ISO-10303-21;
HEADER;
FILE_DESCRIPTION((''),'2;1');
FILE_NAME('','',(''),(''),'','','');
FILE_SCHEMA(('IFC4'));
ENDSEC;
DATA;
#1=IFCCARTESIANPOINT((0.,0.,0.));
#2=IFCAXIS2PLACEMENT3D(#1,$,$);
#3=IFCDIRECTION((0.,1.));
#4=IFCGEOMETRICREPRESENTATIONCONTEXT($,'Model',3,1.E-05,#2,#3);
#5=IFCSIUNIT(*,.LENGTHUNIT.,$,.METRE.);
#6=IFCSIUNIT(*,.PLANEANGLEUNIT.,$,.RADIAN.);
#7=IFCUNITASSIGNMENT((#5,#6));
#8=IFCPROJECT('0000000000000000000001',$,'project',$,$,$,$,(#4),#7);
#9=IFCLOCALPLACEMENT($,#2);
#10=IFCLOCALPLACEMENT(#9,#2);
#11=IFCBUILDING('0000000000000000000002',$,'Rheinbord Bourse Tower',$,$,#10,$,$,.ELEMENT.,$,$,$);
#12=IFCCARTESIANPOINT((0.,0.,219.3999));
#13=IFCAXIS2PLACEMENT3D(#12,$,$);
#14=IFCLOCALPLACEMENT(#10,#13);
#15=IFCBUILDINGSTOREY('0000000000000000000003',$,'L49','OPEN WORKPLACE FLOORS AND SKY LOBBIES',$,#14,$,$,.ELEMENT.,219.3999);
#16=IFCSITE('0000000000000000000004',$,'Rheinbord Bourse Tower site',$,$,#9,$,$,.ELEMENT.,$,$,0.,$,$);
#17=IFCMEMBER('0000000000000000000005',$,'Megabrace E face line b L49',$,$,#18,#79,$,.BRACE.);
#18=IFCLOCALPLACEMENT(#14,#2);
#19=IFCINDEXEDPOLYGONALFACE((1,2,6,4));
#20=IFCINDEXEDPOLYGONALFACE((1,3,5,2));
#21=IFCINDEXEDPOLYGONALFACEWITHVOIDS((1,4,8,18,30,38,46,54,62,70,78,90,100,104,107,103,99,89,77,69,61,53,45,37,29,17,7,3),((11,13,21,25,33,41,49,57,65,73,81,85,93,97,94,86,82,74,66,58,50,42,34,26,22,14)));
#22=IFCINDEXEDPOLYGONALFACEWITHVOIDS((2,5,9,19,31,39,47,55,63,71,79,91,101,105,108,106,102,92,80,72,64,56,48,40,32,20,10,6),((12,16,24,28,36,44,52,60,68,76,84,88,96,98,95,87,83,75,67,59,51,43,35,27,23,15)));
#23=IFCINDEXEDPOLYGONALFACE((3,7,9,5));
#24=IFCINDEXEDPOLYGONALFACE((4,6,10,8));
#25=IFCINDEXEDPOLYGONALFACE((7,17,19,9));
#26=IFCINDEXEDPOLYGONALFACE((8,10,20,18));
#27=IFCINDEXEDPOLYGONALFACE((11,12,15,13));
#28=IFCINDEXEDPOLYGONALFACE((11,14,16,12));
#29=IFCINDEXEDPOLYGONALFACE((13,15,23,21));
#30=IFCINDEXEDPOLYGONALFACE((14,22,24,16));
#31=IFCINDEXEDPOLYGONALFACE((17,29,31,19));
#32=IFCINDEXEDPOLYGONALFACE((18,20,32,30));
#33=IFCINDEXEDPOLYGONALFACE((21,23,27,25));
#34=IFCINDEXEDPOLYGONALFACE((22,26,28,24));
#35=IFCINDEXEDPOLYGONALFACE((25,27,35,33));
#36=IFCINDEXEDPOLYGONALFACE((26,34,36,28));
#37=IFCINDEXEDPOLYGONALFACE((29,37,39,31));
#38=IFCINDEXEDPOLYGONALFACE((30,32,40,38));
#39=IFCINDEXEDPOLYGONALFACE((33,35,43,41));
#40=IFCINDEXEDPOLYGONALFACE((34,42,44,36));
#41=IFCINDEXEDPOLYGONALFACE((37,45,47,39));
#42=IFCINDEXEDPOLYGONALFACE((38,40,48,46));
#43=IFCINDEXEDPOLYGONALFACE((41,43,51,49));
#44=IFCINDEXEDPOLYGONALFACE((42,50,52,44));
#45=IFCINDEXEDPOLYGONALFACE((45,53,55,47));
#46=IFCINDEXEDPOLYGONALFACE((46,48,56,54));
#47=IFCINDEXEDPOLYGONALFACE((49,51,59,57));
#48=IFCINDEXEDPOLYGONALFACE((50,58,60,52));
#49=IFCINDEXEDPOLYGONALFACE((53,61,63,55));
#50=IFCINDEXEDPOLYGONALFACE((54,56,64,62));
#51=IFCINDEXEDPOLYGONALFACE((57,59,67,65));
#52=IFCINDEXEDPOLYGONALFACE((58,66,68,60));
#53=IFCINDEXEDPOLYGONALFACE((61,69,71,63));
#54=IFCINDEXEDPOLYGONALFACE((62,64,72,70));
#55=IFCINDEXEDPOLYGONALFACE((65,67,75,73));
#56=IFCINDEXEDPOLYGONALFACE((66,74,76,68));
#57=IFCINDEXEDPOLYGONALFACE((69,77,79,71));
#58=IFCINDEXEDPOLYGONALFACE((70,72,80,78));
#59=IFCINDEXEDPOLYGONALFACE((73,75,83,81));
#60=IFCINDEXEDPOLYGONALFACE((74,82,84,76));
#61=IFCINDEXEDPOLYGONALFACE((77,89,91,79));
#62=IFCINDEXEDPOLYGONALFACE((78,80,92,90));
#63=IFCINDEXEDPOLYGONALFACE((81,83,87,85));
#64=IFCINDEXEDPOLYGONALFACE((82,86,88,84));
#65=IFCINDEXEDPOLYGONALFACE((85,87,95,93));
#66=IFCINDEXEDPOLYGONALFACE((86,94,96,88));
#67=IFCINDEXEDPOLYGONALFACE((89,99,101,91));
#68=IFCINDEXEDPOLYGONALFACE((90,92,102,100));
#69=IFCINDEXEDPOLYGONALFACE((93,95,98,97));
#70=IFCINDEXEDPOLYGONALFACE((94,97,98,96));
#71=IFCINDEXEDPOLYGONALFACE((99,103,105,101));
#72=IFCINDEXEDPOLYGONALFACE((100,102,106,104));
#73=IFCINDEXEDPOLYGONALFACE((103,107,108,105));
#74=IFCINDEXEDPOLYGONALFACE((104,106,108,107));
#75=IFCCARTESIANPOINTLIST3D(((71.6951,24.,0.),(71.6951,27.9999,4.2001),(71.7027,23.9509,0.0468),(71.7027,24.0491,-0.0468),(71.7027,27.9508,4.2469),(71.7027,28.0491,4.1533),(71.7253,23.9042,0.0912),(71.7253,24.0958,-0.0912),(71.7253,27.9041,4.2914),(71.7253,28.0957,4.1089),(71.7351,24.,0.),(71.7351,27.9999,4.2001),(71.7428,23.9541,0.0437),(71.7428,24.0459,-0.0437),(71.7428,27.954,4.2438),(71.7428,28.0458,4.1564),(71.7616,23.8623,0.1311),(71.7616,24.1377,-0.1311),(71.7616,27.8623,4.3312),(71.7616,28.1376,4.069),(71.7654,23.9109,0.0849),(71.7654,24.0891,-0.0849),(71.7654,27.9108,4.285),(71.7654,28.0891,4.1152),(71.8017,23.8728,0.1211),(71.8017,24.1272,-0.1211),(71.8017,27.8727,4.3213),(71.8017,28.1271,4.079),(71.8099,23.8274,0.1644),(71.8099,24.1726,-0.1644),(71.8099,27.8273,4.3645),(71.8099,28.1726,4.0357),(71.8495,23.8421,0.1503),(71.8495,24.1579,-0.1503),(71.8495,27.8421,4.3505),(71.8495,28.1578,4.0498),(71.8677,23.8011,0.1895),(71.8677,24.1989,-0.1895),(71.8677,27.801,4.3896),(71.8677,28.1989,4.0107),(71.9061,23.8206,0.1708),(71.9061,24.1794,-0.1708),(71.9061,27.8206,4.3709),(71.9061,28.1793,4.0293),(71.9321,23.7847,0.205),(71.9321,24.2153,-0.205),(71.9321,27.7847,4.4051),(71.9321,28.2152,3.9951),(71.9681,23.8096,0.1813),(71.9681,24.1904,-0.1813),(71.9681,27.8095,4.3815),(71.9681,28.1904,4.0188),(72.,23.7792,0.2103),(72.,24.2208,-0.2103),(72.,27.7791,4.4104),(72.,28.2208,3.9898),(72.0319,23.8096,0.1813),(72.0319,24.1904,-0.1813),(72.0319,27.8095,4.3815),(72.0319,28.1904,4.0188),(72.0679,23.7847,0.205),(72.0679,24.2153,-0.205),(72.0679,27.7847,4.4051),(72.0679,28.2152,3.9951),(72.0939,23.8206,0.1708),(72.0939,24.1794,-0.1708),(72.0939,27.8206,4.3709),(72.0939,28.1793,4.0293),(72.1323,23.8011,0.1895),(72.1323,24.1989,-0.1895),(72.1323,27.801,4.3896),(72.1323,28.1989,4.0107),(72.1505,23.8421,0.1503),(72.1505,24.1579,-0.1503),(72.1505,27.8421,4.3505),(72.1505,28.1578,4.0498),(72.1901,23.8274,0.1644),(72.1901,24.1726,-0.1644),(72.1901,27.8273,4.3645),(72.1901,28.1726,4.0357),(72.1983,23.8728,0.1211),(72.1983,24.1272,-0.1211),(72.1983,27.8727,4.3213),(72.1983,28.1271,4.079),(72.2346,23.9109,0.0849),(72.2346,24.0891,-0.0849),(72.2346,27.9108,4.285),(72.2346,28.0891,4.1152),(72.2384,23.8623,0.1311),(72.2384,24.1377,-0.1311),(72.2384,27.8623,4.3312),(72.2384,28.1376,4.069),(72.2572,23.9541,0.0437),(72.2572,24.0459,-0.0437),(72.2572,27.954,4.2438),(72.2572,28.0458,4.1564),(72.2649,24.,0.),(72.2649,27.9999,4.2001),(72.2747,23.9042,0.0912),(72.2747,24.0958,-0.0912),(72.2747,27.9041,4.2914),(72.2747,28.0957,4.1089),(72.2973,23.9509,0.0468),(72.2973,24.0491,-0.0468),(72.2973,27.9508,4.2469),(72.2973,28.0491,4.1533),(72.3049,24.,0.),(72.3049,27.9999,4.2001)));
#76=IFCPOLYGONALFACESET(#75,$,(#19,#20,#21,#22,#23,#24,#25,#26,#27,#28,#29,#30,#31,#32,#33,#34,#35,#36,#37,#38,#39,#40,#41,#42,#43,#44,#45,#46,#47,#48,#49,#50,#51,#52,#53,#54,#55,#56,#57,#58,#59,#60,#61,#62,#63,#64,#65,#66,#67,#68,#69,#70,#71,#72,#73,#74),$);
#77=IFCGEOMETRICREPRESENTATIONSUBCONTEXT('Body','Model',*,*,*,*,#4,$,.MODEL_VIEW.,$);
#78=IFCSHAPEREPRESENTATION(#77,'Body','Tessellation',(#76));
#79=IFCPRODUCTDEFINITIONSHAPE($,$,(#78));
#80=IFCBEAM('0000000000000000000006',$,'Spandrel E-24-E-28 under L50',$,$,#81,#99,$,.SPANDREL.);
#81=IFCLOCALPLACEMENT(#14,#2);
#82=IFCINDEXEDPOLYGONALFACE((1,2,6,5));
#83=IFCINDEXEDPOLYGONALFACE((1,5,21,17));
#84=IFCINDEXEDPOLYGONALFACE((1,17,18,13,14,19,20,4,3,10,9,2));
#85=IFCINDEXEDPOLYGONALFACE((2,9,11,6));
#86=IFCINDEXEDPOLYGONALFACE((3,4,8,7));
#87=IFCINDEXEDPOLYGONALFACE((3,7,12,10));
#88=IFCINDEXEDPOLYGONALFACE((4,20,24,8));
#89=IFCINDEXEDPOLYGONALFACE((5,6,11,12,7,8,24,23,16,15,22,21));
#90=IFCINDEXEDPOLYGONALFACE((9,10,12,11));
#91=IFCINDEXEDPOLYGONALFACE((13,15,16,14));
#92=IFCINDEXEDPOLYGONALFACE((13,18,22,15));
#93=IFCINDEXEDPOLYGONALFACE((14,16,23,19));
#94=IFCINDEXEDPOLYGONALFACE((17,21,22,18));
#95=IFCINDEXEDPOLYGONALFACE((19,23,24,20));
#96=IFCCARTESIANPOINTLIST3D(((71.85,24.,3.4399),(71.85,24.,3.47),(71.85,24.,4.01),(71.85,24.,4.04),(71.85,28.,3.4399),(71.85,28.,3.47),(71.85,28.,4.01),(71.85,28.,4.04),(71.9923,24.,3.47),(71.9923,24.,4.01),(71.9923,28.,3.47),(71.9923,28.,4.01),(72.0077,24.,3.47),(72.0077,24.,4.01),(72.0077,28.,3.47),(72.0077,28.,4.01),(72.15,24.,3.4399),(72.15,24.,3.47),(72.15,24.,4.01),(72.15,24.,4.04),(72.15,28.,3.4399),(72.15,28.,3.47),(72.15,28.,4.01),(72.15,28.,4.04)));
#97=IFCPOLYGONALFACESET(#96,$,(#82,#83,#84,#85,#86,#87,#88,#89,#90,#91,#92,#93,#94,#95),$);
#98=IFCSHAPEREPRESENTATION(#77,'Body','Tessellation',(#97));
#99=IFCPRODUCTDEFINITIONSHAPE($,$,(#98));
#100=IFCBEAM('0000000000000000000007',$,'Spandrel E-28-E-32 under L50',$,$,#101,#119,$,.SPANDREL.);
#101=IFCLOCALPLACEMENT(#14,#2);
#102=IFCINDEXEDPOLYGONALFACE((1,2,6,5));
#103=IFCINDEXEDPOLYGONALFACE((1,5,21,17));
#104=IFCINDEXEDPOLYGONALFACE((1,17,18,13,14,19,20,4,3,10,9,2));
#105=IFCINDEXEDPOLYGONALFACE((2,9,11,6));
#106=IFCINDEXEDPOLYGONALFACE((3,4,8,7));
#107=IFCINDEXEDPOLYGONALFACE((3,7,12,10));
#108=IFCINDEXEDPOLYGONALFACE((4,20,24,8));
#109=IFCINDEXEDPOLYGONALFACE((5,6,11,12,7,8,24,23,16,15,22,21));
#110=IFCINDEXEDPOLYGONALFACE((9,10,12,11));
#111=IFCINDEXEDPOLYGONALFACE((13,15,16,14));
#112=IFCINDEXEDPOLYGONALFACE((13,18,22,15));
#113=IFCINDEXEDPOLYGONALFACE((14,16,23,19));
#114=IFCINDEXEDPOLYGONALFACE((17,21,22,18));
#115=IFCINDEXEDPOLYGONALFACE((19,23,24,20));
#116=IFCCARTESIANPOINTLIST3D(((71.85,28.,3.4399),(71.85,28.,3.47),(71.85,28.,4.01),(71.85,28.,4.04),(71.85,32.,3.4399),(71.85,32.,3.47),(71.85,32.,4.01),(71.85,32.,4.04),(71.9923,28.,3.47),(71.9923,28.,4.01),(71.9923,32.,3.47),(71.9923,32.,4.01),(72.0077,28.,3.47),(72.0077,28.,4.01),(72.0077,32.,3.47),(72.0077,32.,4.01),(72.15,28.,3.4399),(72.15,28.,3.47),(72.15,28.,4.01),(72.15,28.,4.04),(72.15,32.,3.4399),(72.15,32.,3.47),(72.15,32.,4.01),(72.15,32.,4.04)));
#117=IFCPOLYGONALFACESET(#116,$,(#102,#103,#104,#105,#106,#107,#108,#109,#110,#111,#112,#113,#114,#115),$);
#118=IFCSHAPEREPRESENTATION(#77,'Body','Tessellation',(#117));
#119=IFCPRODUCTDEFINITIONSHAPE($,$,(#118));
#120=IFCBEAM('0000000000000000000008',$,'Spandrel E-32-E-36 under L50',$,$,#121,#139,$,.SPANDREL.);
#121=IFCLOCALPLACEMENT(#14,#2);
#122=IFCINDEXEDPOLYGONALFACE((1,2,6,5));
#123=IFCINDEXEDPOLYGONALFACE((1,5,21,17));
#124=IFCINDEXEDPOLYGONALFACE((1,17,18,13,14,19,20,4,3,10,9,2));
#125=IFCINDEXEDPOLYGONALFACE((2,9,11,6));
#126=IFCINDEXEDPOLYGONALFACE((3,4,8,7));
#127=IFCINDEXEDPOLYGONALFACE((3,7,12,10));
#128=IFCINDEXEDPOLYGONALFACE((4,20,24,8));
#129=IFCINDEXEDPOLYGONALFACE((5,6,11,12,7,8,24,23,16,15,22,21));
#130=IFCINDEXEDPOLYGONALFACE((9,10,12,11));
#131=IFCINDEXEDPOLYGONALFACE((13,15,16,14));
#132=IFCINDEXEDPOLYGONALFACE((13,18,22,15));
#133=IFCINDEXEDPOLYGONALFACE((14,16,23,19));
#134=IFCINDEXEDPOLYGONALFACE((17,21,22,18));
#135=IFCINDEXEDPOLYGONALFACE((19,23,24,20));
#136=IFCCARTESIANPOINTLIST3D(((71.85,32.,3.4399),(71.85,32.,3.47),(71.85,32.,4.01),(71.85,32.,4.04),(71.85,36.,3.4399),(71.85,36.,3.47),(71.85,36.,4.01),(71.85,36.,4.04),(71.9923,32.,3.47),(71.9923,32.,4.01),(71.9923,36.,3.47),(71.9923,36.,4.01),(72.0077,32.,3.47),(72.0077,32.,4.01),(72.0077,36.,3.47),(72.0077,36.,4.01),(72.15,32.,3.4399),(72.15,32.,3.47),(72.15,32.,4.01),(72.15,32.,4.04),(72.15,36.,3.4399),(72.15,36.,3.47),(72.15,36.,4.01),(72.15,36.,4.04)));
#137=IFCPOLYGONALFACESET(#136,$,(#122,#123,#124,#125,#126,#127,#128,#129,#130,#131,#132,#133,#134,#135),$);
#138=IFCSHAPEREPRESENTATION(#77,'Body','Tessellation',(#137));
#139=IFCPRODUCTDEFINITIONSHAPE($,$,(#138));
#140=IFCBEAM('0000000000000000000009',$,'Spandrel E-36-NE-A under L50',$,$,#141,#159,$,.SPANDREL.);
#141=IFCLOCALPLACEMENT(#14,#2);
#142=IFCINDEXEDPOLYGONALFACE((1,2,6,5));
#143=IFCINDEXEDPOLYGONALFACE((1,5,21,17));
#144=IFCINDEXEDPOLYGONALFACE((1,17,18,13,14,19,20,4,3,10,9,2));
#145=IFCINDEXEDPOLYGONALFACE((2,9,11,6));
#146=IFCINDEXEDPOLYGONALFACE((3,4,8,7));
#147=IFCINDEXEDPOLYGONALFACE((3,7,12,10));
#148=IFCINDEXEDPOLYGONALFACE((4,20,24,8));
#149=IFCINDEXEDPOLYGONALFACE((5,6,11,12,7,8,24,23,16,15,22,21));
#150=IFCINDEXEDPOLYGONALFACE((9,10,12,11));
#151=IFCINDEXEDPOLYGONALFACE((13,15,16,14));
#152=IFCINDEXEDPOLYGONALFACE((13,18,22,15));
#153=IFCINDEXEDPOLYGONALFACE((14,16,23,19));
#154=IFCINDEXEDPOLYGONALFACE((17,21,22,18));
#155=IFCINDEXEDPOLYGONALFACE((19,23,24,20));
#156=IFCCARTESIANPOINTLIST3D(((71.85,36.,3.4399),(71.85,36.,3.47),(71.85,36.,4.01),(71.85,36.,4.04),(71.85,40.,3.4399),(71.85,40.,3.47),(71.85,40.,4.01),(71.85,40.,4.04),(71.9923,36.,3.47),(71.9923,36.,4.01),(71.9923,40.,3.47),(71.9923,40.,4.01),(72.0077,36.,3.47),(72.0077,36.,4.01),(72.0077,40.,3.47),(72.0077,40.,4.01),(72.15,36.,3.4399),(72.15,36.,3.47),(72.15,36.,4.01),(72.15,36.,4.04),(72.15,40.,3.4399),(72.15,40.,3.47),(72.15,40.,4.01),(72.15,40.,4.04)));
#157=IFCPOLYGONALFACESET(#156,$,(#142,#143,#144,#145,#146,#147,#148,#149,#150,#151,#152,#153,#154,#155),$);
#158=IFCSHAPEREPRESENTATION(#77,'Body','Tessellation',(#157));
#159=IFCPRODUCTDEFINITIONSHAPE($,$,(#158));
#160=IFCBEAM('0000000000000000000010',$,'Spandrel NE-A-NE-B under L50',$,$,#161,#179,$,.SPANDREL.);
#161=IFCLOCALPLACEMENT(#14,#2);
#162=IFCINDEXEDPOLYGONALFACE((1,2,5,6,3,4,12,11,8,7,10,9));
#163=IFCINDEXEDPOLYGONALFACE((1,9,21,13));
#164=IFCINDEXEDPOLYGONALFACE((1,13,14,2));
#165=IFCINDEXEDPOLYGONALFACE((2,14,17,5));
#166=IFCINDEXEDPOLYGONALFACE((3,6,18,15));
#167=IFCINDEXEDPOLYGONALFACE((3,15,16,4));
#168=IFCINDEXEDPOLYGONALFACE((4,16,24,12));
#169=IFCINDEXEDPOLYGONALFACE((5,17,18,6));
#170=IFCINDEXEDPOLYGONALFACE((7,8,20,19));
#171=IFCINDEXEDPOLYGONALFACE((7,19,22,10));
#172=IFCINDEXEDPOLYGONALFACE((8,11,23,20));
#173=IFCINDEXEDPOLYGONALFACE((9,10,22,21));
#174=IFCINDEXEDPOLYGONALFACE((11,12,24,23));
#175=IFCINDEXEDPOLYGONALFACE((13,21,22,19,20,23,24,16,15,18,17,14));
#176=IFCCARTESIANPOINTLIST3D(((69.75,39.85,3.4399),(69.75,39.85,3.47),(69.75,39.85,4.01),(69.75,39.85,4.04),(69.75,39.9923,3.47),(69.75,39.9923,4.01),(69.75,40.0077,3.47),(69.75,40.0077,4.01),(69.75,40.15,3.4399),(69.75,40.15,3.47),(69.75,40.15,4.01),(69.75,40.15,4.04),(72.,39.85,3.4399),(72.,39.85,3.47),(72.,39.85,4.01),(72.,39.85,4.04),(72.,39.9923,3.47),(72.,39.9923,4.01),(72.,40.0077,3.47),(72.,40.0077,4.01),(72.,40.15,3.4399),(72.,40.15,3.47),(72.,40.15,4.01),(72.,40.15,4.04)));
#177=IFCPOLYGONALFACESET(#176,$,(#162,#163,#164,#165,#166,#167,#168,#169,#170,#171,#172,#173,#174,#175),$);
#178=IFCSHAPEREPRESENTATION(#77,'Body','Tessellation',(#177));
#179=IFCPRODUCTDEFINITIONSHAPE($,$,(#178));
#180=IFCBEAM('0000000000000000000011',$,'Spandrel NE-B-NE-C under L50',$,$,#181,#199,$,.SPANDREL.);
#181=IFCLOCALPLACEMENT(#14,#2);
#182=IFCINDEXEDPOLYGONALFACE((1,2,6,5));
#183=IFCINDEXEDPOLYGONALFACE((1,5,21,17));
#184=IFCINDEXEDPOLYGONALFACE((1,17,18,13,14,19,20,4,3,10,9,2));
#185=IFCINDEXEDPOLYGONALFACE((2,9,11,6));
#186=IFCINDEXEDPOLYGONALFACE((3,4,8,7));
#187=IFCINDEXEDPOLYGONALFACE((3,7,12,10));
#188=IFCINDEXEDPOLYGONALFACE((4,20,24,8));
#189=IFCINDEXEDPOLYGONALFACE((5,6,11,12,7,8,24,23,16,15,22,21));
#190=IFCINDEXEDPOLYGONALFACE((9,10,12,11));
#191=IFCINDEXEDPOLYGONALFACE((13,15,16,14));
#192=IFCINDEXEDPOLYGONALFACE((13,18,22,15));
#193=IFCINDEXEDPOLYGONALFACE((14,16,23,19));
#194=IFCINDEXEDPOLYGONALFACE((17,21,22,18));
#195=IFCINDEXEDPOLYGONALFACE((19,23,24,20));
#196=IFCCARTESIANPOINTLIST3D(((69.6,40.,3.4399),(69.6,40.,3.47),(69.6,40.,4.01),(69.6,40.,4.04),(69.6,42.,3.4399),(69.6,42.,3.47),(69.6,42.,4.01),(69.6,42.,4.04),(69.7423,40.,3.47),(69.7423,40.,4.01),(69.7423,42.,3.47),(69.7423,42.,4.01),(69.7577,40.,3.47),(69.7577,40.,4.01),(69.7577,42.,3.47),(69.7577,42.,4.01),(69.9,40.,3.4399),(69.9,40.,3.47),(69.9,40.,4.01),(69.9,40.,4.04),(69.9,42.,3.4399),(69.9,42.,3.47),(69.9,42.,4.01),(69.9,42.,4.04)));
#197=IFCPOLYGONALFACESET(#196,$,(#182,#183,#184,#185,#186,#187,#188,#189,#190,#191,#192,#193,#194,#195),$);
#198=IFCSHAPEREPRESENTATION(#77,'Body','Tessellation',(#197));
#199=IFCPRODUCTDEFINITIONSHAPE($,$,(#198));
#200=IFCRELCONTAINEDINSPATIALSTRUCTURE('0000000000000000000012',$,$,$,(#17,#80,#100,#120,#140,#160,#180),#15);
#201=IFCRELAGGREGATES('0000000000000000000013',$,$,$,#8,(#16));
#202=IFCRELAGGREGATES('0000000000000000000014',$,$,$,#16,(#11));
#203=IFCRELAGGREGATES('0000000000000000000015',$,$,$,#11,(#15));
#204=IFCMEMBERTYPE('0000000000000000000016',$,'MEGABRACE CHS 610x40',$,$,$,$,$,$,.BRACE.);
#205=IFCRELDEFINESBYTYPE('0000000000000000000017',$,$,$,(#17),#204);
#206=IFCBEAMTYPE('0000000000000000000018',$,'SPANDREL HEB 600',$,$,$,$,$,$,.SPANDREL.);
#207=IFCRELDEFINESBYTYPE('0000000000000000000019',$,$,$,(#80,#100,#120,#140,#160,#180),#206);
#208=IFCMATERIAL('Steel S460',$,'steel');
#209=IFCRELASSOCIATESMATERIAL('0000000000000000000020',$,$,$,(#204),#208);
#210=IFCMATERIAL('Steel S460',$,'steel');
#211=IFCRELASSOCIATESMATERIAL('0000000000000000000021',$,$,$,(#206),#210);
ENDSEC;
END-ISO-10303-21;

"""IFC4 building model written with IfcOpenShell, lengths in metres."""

from ifc_helpers import new_model, si_unit, direction, frame, origin, origin_2d, place, context, subcontext, project, spatial, hollow_circle, i_section, extrude, material, material_profile, profile_set, type_object, element, save


model = new_model("IFC4")

# Units and contexts
model_context = context("Model", 3, precision=1e-05, world=origin(), true_north=direction((0.0, 1.0)))
body_context = subcontext(model_context, "Body", "Model", "MODEL_VIEW")
ifc_project = project(units=[si_unit("LENGTHUNIT", "METRE"), si_unit("PLANEANGLEUNIT", "RADIAN")], contexts=[model_context])

# Site, building, storey
site_placement = place(None, origin())
site = spatial("IfcSite", under=ifc_project, at=site_placement, Name="Rheinbord Bourse Tower site", CompositionType="ELEMENT", RefElevation=0.0)
building_placement = place(site_placement, origin())
building = spatial("IfcBuilding", under=site, at=building_placement, Name="Rheinbord Bourse Tower", CompositionType="ELEMENT")
storey_placement = place(building_placement, frame((0.0, 0.0, 219.3999)))
storey = spatial("IfcBuildingStorey", under=building, at=storey_placement, Name="L49", Description="OPEN WORKPLACE FLOORS AND SKY LOBBIES", CompositionType="ELEMENT", Elevation=219.3999)

# Member
ifc_material_1 = material(Name="Steel S460", Category="steel")
ifc_material_profile_1 = material_profile(ifc_material_1, hollow_circle(Radius=0.3049, WallThickness=0.04, at=origin_2d()), Name="CHS 610x40")
ifc_profile_set_1 = profile_set([ifc_material_profile_1], Name="Steel S460")
member_type_1 = type_object("IfcMemberType", Name="MEGABRACE CHS 610x40", PredefinedType="BRACE", material=ifc_profile_set_1)
member_1_placement = place(storey_placement, frame((72.0, 24.0, 0.0), z_axis=(0.0, 0.689638, 0.724154), x_axis=(-1.0, 0.0, 0.0)))
element("IfcMember", 1, at=member_1_placement, inside=storey, type_object=member_type_1, Name="Megabrace E face line b L49", PredefinedType="BRACE", context=body_context, shape_type="SweptSolid", body=[
    extrude(hollow_circle(Radius=0.3049, WallThickness=0.04, at=origin_2d()), origin(), (0.0, 0.0, 1.0), 5.8),
])

# Beams
ifc_material_2 = material(Name="Steel S460", Category="steel")
ifc_material_profile_2 = material_profile(ifc_material_2, i_section(OverallWidth=0.3, OverallDepth=0.6001, WebThickness=0.0154, FlangeThickness=0.03, at=origin_2d()), Name="HEB 600")
ifc_profile_set_2 = profile_set([ifc_material_profile_2], Name="Steel S460")
beam_type_1 = type_object("IfcBeamType", Name="SPANDREL HEB 600", PredefinedType="SPANDREL", material=ifc_profile_set_2)
for number, where, z_axis, x_axis, name in (
    (2, (72.0, 24.0, 3.74), (0.0, 1.0, 0.0), (-1.0, 0.0, 0.0), "Spandrel E-24-E-28 under L50"),
    (3, (72.0, 28.0, 3.74), (0.0, 1.0, 0.0), (-1.0, 0.0, 0.0), "Spandrel E-28-E-32 under L50"),
    (4, (72.0, 32.0, 3.74), (0.0, 1.0, 0.0), (-1.0, 0.0, 0.0), "Spandrel E-32-E-36 under L50"),
    (5, (72.0, 36.0, 3.74), (0.0, 1.0, 0.0), (-1.0, 0.0, 0.0), "Spandrel E-36-NE-A under L50"),
):
    element("IfcBeam", number, at=place(storey_placement, frame(where, z_axis=z_axis, x_axis=x_axis)), inside=storey, type_object=beam_type_1, Name=name, PredefinedType="SPANDREL", context=body_context, shape_type="SweptSolid", body=[
        extrude(i_section(OverallWidth=0.3, OverallDepth=0.6001, WebThickness=0.0154, FlangeThickness=0.03, at=origin_2d()), origin(), (0.0, 0.0, 1.0), 4.0),
    ])
beam_1_placement = place(storey_placement, frame((72.0, 40.0, 3.74), z_axis=(-1.0, 0.0, 0.0), x_axis=(0.0, -1.0, 0.0)))
element("IfcBeam", 6, at=beam_1_placement, inside=storey, type_object=beam_type_1, Name="Spandrel NE-A-NE-B under L50", PredefinedType="SPANDREL", context=body_context, shape_type="SweptSolid", body=[
    extrude(i_section(OverallWidth=0.3, OverallDepth=0.6001, WebThickness=0.0154, FlangeThickness=0.03, at=origin_2d()), origin(), (0.0, 0.0, 1.0), 2.25),
])
beam_2_placement = place(storey_placement, frame((69.75, 40.0, 3.74), z_axis=(0.0, 1.0, 0.0), x_axis=(-1.0, 0.0, 0.0)))
element("IfcBeam", 7, at=beam_2_placement, inside=storey, type_object=beam_type_1, Name="Spandrel NE-B-NE-C under L50", PredefinedType="SPANDREL", context=body_context, shape_type="SweptSolid", body=[
    extrude(i_section(OverallWidth=0.3, OverallDepth=0.6001, WebThickness=0.0154, FlangeThickness=0.03, at=origin_2d()), origin(), (0.0, 0.0, 1.0), 2.0),
])

save(model, "model.ifc")
